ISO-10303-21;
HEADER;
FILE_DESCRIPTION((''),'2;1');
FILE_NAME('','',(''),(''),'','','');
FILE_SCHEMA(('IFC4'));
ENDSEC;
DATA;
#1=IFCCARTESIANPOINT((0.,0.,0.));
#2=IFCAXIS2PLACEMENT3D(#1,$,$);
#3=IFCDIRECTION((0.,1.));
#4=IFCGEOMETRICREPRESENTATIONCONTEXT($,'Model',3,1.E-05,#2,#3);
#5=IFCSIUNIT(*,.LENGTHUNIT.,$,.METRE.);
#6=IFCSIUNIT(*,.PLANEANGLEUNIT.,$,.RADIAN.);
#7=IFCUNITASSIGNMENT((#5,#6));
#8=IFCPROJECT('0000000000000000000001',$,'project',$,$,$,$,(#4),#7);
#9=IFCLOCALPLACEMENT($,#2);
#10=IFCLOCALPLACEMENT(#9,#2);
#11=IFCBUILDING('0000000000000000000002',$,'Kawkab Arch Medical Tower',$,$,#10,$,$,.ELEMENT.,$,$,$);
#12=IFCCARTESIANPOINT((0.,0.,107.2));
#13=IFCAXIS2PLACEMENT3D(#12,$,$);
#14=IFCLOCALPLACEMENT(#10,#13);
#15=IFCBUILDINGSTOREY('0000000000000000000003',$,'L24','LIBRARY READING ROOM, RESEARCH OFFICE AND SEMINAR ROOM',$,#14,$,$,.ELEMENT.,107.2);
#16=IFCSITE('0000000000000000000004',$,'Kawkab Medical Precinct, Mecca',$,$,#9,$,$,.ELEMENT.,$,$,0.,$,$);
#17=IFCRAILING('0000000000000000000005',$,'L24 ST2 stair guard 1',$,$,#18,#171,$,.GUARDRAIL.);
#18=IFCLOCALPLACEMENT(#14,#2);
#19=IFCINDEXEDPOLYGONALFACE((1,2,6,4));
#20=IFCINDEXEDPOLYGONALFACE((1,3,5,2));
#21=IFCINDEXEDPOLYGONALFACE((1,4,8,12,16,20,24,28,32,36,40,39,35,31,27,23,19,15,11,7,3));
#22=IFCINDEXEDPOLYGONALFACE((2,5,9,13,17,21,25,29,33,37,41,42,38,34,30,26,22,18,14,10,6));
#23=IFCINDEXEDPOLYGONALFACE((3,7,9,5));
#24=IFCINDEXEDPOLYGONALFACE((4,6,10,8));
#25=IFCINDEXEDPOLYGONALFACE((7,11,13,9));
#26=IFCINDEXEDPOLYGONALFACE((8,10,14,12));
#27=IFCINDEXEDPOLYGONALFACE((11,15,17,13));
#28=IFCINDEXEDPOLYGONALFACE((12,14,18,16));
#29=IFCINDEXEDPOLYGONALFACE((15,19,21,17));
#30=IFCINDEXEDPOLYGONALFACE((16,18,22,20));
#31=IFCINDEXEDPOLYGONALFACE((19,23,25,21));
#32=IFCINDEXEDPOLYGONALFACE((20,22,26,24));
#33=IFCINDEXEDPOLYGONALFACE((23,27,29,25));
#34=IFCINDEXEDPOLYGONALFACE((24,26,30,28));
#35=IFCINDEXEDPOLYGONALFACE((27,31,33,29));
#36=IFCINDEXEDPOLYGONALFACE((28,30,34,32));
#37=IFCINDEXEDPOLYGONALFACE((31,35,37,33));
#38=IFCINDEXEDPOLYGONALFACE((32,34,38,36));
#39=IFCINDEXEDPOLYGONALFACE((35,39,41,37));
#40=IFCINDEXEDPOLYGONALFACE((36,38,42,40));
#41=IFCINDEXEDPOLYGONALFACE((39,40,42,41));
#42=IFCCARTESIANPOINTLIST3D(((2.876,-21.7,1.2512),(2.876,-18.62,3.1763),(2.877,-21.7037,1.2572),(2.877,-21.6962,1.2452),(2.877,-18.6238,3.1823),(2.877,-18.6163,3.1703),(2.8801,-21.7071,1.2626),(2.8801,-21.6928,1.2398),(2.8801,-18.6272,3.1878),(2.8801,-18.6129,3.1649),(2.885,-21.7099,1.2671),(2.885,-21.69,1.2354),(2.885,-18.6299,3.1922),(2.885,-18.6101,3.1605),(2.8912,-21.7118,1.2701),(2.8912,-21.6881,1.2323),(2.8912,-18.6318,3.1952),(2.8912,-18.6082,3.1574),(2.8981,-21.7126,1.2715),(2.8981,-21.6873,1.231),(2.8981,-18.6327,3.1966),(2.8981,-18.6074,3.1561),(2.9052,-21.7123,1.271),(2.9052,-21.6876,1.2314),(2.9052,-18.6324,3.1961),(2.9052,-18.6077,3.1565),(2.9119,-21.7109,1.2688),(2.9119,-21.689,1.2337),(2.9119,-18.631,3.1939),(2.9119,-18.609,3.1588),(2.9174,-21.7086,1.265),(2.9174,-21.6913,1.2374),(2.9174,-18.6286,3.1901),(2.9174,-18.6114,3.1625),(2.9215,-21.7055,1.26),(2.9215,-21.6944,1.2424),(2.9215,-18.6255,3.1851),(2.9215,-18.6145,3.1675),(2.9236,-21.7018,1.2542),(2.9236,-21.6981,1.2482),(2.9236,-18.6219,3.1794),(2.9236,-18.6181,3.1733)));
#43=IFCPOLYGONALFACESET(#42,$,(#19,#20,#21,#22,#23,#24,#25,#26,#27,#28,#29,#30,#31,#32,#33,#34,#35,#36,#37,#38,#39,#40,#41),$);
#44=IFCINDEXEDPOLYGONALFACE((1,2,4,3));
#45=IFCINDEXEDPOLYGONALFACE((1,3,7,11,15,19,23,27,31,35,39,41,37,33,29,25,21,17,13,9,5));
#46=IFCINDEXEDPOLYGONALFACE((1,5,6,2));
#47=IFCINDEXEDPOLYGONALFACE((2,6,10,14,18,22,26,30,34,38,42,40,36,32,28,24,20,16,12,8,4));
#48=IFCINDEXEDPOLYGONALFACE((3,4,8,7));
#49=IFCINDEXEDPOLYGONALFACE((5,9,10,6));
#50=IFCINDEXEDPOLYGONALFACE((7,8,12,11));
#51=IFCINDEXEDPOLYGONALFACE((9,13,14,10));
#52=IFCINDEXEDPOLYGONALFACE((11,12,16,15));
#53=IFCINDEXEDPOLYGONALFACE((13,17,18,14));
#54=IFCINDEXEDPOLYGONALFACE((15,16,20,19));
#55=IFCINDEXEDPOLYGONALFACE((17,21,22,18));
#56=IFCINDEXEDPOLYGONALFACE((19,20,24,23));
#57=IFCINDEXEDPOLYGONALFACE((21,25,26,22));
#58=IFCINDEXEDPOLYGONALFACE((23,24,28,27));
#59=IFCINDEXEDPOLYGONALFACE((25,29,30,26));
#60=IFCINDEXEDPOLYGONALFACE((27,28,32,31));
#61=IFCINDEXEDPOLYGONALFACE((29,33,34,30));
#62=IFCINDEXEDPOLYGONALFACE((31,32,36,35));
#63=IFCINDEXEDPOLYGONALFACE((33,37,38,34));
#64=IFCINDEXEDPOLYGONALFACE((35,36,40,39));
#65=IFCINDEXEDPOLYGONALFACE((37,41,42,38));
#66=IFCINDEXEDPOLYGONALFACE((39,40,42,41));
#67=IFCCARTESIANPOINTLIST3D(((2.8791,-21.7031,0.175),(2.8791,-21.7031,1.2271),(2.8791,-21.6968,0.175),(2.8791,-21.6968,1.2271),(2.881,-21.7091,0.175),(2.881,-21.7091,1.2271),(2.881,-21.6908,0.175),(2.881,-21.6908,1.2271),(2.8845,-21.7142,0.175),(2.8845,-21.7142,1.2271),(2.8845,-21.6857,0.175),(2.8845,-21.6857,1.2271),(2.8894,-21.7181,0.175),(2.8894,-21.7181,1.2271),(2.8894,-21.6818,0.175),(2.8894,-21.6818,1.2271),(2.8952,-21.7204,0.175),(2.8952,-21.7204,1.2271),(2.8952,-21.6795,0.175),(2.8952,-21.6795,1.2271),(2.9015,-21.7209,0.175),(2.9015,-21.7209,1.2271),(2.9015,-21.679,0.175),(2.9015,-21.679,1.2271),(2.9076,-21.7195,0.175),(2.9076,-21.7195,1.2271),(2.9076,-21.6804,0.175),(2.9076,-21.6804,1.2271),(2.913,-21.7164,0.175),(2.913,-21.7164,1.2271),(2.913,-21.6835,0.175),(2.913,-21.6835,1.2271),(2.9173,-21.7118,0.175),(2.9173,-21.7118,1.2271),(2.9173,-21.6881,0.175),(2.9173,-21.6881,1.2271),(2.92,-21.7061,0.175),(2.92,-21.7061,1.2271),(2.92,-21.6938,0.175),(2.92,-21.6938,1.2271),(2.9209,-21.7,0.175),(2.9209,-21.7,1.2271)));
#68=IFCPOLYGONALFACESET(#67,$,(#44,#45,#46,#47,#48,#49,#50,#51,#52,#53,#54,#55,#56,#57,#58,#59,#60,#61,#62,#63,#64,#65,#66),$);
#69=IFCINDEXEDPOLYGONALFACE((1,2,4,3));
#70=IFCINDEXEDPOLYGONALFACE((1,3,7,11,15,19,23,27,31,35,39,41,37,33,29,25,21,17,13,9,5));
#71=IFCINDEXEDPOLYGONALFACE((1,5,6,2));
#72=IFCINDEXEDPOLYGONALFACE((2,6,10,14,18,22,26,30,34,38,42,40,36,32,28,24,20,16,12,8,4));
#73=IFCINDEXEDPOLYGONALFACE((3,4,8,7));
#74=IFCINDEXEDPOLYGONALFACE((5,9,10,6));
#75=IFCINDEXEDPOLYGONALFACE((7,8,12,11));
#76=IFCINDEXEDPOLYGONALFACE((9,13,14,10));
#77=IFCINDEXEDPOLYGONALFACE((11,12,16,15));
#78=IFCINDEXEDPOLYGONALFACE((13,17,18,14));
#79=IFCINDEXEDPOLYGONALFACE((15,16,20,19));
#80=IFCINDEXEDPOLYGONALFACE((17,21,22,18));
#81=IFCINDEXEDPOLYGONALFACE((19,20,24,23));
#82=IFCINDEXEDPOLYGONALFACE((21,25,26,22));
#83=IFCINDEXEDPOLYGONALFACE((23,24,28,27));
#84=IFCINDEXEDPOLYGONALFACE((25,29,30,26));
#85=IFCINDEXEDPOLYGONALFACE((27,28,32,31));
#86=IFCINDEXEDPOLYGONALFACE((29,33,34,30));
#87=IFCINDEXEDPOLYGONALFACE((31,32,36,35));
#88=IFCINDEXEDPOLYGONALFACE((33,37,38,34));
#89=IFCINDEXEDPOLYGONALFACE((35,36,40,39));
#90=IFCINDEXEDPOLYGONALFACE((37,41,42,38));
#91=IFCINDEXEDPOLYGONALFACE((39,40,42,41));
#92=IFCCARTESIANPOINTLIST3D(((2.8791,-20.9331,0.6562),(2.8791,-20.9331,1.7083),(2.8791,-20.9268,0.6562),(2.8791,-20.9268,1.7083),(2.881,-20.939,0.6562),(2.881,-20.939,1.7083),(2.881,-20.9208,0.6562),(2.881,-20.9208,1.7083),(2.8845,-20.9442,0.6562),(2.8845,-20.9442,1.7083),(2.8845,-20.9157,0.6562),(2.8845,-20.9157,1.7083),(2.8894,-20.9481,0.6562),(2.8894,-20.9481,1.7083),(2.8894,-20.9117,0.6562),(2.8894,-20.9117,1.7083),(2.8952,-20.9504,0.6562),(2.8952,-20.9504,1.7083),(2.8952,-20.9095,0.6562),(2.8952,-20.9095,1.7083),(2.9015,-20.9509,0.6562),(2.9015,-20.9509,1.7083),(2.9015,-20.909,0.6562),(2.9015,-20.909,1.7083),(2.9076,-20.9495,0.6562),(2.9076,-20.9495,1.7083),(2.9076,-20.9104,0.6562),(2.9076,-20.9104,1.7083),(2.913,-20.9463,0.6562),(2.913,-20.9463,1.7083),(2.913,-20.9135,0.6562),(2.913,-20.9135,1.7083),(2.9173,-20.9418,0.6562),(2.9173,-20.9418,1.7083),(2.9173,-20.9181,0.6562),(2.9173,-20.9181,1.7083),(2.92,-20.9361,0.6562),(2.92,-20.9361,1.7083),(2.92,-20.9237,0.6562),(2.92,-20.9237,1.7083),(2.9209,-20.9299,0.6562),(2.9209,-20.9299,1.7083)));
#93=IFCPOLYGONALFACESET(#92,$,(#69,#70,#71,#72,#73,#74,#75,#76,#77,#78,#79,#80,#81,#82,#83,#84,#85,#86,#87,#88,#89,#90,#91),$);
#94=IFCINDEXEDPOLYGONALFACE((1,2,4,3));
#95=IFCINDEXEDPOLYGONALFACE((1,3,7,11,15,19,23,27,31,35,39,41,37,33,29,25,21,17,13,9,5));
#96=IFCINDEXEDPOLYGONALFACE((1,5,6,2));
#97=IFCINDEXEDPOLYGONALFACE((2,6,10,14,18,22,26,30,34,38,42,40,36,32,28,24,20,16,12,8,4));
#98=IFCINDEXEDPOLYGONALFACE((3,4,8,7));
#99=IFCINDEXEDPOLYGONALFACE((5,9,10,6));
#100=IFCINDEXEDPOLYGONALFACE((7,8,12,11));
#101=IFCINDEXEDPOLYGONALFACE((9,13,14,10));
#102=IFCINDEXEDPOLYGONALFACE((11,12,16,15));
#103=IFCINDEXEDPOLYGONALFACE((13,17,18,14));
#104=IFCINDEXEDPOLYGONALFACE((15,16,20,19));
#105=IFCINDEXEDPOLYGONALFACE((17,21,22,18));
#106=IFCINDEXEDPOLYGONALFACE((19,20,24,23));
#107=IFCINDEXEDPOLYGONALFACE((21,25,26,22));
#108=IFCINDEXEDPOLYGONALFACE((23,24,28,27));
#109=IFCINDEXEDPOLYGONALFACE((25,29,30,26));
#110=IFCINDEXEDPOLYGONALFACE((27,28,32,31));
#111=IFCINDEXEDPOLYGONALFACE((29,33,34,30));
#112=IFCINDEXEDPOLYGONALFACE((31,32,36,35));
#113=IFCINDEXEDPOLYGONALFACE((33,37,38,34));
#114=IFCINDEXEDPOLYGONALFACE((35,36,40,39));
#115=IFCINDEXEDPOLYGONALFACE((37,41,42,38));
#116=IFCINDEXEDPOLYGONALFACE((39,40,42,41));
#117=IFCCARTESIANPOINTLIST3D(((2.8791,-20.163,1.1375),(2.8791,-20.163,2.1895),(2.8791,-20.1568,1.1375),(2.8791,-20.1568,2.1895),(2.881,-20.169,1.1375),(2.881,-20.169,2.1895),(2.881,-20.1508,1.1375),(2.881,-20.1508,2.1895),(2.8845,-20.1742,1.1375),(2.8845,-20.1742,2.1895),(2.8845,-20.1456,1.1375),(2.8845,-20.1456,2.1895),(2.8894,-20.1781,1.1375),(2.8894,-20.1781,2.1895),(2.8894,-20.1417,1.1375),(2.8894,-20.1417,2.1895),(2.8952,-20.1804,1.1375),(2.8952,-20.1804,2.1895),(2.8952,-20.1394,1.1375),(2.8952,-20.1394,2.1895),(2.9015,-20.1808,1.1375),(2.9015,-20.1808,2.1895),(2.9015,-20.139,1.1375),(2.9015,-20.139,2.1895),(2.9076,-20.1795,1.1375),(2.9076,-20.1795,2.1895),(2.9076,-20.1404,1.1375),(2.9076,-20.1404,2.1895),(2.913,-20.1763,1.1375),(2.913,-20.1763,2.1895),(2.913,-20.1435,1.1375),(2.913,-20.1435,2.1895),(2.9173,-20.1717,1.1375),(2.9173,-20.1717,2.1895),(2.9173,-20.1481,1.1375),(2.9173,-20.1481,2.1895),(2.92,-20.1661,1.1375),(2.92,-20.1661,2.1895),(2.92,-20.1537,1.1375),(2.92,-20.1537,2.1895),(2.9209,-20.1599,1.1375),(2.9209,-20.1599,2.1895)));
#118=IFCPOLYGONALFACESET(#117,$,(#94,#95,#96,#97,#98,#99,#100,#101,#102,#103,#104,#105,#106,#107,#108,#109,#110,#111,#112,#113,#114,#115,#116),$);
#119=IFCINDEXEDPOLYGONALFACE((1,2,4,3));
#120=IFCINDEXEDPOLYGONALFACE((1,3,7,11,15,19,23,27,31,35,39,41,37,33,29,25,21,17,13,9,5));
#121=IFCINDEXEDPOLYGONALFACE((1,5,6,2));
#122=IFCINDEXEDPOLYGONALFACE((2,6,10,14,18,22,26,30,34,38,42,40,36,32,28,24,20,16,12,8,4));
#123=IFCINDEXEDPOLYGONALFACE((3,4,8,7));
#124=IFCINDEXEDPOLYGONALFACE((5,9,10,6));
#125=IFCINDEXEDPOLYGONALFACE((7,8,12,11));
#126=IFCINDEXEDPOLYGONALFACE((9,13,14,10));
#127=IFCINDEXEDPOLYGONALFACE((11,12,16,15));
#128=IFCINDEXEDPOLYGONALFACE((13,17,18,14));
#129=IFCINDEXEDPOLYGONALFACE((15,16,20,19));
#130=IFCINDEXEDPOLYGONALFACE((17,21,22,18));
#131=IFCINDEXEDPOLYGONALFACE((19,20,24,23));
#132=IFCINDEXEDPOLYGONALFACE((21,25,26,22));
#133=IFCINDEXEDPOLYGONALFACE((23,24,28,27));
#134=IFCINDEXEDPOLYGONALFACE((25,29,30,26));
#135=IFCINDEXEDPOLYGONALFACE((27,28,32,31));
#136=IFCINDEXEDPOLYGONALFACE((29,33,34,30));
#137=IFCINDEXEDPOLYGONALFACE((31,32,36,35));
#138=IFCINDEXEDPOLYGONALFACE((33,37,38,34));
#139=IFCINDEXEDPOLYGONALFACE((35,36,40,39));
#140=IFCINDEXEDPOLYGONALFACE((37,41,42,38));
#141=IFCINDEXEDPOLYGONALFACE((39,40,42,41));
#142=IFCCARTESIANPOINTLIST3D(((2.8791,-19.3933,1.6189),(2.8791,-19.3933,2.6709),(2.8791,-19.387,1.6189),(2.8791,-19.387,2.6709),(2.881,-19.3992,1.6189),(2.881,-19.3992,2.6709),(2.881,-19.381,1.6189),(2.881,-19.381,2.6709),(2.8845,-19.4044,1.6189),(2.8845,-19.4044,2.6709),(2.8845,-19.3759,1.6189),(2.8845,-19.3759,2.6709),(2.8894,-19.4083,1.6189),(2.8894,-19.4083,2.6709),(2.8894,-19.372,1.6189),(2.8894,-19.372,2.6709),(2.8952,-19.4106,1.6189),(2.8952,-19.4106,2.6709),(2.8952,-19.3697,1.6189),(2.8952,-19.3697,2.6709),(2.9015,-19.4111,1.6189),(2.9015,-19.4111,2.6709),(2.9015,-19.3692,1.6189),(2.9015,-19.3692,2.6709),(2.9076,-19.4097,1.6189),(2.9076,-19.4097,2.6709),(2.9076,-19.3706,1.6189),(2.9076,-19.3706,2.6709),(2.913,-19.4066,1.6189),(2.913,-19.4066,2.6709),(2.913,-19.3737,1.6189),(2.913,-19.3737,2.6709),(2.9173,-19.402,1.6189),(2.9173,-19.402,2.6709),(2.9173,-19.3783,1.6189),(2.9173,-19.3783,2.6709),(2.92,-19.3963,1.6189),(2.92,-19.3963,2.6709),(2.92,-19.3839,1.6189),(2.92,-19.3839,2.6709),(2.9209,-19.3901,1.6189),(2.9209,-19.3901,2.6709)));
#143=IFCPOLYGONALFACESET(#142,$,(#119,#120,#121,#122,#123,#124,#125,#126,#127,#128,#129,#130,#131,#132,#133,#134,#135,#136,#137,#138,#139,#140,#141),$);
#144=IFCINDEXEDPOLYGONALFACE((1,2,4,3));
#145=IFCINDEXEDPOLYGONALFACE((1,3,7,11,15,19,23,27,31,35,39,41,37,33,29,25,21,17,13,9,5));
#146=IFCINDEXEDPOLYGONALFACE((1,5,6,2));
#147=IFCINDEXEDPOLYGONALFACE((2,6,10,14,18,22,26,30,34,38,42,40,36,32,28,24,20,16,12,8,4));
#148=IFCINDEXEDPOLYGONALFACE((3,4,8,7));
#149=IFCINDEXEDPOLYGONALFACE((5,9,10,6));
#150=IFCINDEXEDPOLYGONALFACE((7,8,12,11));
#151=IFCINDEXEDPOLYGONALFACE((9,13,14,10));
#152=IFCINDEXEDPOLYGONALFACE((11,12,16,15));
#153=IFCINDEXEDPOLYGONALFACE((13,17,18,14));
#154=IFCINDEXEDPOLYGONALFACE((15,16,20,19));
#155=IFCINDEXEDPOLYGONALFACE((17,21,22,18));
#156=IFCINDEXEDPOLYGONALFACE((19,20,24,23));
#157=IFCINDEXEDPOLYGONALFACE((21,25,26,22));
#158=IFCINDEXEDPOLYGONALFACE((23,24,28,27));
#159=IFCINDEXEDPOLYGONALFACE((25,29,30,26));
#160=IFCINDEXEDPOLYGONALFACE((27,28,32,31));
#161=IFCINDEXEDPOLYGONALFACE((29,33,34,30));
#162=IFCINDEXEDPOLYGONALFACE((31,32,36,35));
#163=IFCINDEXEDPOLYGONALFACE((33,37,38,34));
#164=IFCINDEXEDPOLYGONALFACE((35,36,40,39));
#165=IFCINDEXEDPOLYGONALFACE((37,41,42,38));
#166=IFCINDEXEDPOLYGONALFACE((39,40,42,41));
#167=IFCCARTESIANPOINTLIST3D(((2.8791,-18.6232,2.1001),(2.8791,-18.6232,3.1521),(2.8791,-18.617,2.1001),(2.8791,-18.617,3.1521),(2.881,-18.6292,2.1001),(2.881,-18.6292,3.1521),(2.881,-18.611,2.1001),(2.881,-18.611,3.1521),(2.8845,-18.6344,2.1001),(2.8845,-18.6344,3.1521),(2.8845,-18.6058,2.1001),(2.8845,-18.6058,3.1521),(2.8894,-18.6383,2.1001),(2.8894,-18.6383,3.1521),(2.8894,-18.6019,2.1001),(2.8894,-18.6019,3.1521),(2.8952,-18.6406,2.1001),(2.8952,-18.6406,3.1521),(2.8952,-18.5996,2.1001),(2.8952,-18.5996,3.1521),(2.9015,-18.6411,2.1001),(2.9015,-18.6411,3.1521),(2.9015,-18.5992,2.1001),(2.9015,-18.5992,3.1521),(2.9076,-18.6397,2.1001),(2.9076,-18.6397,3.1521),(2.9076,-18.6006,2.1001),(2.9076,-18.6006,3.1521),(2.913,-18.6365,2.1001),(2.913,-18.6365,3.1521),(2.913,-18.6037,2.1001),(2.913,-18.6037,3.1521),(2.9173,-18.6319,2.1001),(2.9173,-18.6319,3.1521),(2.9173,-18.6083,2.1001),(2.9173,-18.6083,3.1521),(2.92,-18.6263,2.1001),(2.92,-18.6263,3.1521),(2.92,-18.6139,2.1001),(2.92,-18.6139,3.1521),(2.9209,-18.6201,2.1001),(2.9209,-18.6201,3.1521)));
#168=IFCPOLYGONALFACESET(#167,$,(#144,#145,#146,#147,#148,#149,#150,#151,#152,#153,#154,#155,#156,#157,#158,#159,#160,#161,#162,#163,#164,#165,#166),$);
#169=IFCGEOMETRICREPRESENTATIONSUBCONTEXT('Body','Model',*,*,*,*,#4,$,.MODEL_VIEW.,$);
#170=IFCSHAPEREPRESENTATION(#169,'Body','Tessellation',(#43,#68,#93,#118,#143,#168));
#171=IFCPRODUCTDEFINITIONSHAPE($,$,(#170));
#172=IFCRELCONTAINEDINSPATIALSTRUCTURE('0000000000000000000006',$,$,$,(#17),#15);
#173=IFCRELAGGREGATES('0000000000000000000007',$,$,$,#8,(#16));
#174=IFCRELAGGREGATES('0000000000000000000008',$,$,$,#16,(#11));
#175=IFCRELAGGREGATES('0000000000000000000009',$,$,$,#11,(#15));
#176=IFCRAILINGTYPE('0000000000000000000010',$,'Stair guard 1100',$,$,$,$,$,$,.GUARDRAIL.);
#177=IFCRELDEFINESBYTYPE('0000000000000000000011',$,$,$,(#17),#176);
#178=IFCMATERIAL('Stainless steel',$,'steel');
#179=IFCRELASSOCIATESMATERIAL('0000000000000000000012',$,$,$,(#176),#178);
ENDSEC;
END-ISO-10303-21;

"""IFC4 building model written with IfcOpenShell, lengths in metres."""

from ifc_helpers import new_model, si_unit, direction, frame, origin, origin_2d, place, context, subcontext, project, spatial, circle, extrude, material, type_object, element, save


model = new_model("IFC4")

# Units and contexts
model_context = context("Model", 3, precision=1e-05, world=origin(), true_north=direction((0.0, 1.0)))
body_context = subcontext(model_context, "Body", "Model", "MODEL_VIEW")
ifc_project = project(units=[si_unit("LENGTHUNIT", "METRE"), si_unit("PLANEANGLEUNIT", "RADIAN")], contexts=[model_context])

# Site, building, storey
site_placement = place(None, origin())
site = spatial("IfcSite", under=ifc_project, at=site_placement, Name="Kawkab Medical Precinct, Mecca", CompositionType="ELEMENT", RefElevation=0.0)
building_placement = place(site_placement, origin())
building = spatial("IfcBuilding", under=site, at=building_placement, Name="Kawkab Arch Medical Tower", CompositionType="ELEMENT")
storey_placement = place(building_placement, frame((0.0, 0.0, 107.2)))
storey = spatial("IfcBuildingStorey", under=building, at=storey_placement, Name="L24", Description="LIBRARY READING ROOM, RESEARCH OFFICE AND SEMINAR ROOM", CompositionType="ELEMENT", Elevation=107.2)

# Railing
ifc_material_1 = material(Name="Stainless steel", Category="steel")
railing_type = type_object("IfcRailingType", Name="Stair guard 1100", PredefinedType="GUARDRAIL", material=ifc_material_1)
railing_1_placement = place(storey_placement, frame((2.8999, -21.7, 0.175)))
element("IfcRailing", 1, at=railing_1_placement, inside=storey, type_object=railing_type, Name="L24 ST2 stair guard 1", PredefinedType="GUARDRAIL", context=body_context, shape_type="SweptSolid", body=[
    extrude(circle(Radius=0.0239, at=origin_2d()), frame((0.0, 0.0, 1.0762), z_axis=(0.0, 0.847979, 0.530029), x_axis=(-1.0, 0.0, 0.0)), (0.0, 0.0, 1.0), 3.6321),
    extrude(circle(Radius=0.021, at=origin_2d()), origin(), (0.0, 0.0, 1.0), 1.052),
    extrude(circle(Radius=0.021, at=origin_2d()), frame((0.0, 0.77, 0.4812)), (0.0, 0.0, 1.0), 1.052),
    extrude(circle(Radius=0.021, at=origin_2d()), frame((0.0, 1.54, 0.9624)), (0.0, 0.0, 1.0), 1.052),
    extrude(circle(Radius=0.021, at=origin_2d()), frame((0.0, 2.3098, 1.4438)), (0.0, 0.0, 1.0), 1.052),
    extrude(circle(Radius=0.021, at=origin_2d()), frame((0.0, 3.0798, 1.925)), (0.0, 0.0, 1.0), 1.052),
])

save(model, "model.ifc")
